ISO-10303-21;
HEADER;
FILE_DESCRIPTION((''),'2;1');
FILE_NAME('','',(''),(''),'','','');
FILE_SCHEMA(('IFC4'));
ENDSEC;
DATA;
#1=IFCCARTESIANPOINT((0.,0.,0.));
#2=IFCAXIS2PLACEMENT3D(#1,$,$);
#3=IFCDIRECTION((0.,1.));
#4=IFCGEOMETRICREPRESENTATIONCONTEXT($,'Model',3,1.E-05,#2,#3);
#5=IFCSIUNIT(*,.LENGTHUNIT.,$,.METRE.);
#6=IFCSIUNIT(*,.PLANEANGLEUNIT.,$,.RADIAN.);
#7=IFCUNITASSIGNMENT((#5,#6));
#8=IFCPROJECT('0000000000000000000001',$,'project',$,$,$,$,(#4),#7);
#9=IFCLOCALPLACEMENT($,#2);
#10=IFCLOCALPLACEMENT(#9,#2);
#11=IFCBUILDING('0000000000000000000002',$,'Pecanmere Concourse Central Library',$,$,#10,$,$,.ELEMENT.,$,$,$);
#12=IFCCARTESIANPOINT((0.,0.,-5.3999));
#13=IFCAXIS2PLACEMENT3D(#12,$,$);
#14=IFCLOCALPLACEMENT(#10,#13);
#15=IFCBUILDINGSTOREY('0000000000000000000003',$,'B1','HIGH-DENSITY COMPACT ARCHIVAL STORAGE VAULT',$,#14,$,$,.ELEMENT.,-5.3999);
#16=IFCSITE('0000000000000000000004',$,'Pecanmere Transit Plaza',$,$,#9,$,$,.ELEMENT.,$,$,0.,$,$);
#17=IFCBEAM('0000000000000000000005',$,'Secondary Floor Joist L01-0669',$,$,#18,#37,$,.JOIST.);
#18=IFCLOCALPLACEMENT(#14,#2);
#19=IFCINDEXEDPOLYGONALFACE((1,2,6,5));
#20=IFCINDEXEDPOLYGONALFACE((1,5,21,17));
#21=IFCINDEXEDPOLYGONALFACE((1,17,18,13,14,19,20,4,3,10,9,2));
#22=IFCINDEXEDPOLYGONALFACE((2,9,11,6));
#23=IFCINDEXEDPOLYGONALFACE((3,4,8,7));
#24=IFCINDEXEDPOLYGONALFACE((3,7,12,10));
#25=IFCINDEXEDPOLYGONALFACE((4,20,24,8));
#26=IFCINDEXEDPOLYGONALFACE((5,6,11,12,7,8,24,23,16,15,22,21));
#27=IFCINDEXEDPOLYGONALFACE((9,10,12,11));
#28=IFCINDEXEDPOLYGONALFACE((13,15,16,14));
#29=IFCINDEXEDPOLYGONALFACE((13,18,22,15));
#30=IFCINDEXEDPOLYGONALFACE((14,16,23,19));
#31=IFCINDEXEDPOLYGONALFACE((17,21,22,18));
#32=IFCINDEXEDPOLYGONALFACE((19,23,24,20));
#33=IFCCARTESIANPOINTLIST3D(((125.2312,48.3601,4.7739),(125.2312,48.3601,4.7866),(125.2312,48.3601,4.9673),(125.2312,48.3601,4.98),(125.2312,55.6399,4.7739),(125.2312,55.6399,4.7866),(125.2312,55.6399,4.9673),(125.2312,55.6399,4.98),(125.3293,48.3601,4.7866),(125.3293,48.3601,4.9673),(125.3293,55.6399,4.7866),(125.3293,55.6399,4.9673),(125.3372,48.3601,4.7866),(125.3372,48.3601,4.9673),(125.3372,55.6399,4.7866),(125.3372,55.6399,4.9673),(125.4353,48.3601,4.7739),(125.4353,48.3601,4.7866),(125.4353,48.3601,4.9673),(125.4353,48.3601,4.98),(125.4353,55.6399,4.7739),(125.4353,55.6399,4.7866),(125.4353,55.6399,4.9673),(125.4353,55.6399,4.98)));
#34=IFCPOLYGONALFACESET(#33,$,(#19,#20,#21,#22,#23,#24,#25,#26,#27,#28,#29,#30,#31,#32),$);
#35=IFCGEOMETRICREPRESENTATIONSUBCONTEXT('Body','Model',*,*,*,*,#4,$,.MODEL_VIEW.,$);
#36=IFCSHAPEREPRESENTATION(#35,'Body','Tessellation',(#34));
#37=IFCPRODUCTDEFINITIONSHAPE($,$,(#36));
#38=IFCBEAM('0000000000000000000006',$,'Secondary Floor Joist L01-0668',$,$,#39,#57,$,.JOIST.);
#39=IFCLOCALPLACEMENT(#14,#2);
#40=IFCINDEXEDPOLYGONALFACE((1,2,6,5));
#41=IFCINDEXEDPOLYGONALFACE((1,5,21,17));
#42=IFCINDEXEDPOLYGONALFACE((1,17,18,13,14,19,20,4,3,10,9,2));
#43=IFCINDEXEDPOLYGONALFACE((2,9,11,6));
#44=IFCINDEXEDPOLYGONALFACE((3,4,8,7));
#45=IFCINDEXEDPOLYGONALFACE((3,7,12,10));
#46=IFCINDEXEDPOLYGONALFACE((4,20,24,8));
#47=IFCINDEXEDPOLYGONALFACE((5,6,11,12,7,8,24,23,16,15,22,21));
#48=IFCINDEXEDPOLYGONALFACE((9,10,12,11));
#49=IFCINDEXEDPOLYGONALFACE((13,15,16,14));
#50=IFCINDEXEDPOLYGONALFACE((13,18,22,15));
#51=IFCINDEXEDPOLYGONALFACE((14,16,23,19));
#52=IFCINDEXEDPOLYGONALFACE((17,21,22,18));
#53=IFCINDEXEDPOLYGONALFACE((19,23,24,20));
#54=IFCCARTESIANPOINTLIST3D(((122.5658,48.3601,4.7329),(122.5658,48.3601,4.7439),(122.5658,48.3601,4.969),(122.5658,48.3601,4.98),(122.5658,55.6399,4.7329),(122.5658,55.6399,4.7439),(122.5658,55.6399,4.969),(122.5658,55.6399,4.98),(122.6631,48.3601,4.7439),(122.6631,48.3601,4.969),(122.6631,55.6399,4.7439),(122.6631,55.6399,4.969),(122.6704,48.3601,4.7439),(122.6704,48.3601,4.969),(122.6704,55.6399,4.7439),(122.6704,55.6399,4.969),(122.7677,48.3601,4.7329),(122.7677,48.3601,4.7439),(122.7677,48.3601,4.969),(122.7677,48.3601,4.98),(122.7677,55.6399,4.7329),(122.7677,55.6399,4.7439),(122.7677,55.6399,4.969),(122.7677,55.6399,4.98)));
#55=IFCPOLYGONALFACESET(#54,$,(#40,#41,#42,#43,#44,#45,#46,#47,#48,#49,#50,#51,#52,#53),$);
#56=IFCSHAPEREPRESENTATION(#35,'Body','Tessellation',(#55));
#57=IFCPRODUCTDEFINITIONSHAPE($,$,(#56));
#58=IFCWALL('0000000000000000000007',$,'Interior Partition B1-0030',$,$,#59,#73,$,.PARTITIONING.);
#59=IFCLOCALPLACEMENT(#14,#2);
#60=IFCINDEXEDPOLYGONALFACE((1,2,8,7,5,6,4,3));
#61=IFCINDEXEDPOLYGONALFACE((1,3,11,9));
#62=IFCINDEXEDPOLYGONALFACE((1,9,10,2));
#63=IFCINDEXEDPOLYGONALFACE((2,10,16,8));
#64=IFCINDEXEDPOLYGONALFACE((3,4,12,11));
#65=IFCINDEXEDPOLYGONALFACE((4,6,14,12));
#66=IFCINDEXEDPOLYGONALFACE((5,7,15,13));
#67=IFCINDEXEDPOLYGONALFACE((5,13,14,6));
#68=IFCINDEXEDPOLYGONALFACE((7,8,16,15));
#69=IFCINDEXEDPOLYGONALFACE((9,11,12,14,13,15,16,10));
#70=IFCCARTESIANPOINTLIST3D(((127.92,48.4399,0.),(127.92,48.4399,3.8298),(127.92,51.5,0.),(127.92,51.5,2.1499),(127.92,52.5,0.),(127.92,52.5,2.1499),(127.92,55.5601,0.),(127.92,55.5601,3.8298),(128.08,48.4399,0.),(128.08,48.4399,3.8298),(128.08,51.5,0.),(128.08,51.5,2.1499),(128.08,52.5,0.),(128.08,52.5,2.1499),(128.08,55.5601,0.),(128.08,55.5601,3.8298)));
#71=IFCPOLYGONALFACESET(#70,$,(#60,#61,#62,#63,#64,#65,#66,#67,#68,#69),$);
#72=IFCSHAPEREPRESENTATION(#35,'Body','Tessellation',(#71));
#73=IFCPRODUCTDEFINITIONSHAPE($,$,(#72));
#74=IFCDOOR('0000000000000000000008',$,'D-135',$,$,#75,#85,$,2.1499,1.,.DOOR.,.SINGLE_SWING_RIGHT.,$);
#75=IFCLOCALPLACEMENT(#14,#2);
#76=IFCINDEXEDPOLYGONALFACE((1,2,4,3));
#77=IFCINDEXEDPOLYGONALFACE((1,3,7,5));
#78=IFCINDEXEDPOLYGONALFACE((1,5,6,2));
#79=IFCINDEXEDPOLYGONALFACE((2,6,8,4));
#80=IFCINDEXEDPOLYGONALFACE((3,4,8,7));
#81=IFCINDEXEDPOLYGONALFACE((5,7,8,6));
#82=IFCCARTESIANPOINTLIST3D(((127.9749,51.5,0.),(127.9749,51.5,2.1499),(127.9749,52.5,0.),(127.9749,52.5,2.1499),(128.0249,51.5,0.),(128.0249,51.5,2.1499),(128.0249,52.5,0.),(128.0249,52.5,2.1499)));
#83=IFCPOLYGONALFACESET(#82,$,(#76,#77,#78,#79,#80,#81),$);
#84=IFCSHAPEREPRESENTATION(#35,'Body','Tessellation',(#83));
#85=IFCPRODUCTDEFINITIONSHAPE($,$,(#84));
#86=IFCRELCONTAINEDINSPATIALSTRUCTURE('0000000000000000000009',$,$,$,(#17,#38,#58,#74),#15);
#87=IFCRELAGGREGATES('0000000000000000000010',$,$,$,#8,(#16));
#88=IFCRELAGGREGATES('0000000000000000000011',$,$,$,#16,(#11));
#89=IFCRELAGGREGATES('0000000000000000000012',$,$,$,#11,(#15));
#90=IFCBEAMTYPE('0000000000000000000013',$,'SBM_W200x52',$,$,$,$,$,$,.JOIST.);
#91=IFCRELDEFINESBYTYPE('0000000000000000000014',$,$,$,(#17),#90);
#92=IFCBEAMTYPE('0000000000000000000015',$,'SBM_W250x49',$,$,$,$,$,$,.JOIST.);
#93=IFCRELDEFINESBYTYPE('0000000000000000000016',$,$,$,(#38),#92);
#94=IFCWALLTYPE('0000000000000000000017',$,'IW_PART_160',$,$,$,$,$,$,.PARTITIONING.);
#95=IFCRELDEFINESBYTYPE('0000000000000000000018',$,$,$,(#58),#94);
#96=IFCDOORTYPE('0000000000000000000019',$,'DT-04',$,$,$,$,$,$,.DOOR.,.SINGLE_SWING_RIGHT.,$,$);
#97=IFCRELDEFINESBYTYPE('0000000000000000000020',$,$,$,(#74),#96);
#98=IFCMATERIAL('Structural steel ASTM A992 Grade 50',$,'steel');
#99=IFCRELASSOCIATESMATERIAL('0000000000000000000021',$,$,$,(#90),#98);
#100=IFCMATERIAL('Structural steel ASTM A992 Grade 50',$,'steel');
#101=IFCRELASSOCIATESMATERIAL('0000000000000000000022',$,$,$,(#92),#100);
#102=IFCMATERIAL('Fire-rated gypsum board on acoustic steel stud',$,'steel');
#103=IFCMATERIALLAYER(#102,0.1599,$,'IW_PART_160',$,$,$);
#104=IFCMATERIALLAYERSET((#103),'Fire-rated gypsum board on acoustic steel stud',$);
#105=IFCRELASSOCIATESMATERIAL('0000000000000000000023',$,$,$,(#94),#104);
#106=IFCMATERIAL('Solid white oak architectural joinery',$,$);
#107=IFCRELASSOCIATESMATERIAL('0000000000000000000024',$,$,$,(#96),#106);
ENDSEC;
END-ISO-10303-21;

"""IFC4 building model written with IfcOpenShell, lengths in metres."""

from ifc_helpers import new_model, si_unit, direction, frame, frame_2d, origin, origin_2d, place, context, subcontext, project, spatial, rectangle, i_section, extrude, material, layer, layer_set, material_profile, profile_set, type_object, element, fill, save


model = new_model("IFC4")

# Units and contexts
model_context = context("Model", 3, precision=1e-05, world=origin(), true_north=direction((0.0, 1.0)))
body_context = subcontext(model_context, "Body", "Model", "MODEL_VIEW")
ifc_project = project(units=[si_unit("LENGTHUNIT", "METRE"), si_unit("PLANEANGLEUNIT", "RADIAN")], contexts=[model_context])

# Site, building, storey
site_placement = place(None, origin())
site = spatial("IfcSite", under=ifc_project, at=site_placement, Name="Pecanmere Transit Plaza", CompositionType="ELEMENT", RefElevation=0.0)
building_placement = place(site_placement, origin())
building = spatial("IfcBuilding", under=site, at=building_placement, Name="Pecanmere Concourse Central Library", CompositionType="ELEMENT")
storey_placement = place(building_placement, frame((0.0, 0.0, -5.3999)))
storey = spatial("IfcBuildingStorey", under=building, at=storey_placement, Name="B1", Description="HIGH-DENSITY COMPACT ARCHIVAL STORAGE VAULT", CompositionType="ELEMENT", Elevation=-5.3999)

# Beams
ifc_material_1 = material(Name="Structural steel ASTM A992 Grade 50", Category="steel")
ifc_material_profile_1 = material_profile(ifc_material_1, i_section(OverallWidth=0.2041, OverallDepth=0.2061, WebThickness=0.0078, FlangeThickness=0.0127, at=origin_2d()), Name="W200x52")
ifc_profile_set_1 = profile_set([ifc_material_profile_1], Name="Structural steel ASTM A992 Grade 50")
beam_type_1 = type_object("IfcBeamType", Name="SBM_W200x52", PredefinedType="JOIST", material=ifc_profile_set_1)
beam_1_placement = place(storey_placement, frame((125.3333, 48.3601, 4.877), z_axis=(0.0, 1.0, 0.0), x_axis=(-1.0, 0.0, 0.0)))
element("IfcBeam", 1, at=beam_1_placement, inside=storey, type_object=beam_type_1, Name="Secondary Floor Joist L01-0669", PredefinedType="JOIST", context=body_context, shape_type="SweptSolid", body=[
    extrude(i_section(OverallWidth=0.2041, OverallDepth=0.2061, WebThickness=0.0078, FlangeThickness=0.0127, at=origin_2d()), origin(), (0.0, 0.0, 1.0), 7.2798),
])
ifc_material_2 = material(Name="Structural steel ASTM A992 Grade 50", Category="steel")
ifc_material_profile_2 = material_profile(ifc_material_2, i_section(OverallWidth=0.2019, OverallDepth=0.2471, WebThickness=0.0073, FlangeThickness=0.011, at=origin_2d()), Name="W250x49.1")
ifc_profile_set_2 = profile_set([ifc_material_profile_2], Name="Structural steel ASTM A992 Grade 50")
beam_type_2 = type_object("IfcBeamType", Name="SBM_W250x49", PredefinedType="JOIST", material=ifc_profile_set_2)
beam_2_placement = place(storey_placement, frame((122.6667, 48.3601, 4.8564), z_axis=(0.0, 1.0, 0.0), x_axis=(-1.0, 0.0, 0.0)))
element("IfcBeam", 2, at=beam_2_placement, inside=storey, type_object=beam_type_2, Name="Secondary Floor Joist L01-0668", PredefinedType="JOIST", context=body_context, shape_type="SweptSolid", body=[
    extrude(i_section(OverallWidth=0.2019, OverallDepth=0.2471, WebThickness=0.0073, FlangeThickness=0.011, at=origin_2d()), origin(), (0.0, 0.0, 1.0), 7.2798),
])

# Wall, opening, door
ifc_material_3 = material(Name="Fire-rated gypsum board on acoustic steel stud", Category="steel")
ifc_layer = layer(ifc_material_3, 0.1599, Name="IW_PART_160")
ifc_layer_set = layer_set([ifc_layer], Name="Fire-rated gypsum board on acoustic steel stud")
wall_type = type_object("IfcWallType", Name="IW_PART_160", PredefinedType="PARTITIONING", material=ifc_layer_set)
wall_placement = place(storey_placement, frame((128.0, 48.4399, 0.0), z_axis=(0.0, 0.0, 1.0), x_axis=(0.0, 1.0, 0.0)))
wall = element("IfcWall", 3, at=wall_placement, inside=storey, type_object=wall_type, Name="Interior Partition B1-0030", PredefinedType="PARTITIONING", context=body_context, shape_type="SweptSolid", body=[
    extrude(rectangle(XDim=7.1201, YDim=0.1599, at=frame_2d((3.5601, 0.0))), origin(), (0.0, 0.0, 1.0), 3.8298),
])
opening_placement = place(wall_placement, frame((3.0601, 0.0, 0.0)))
opening = element("IfcOpeningElement", 4, at=opening_placement, cuts=wall, PredefinedType="OPENING", context=body_context, shape_type="SweptSolid", body=[
    extrude(rectangle(XDim=1.0, YDim=2.1499, at=frame_2d((0.5, 1.075))), frame((0.0, 0.0918, 0.0), z_axis=(0.0, -1.0, 0.0), x_axis=(1.0, 0.0, 0.0)), (0.0, 0.0, 1.0), 0.1838),
])
ifc_material_4 = material(Name="Solid white oak architectural joinery")
door_type = type_object("IfcDoorType", Name="DT-04", OperationType="SINGLE_SWING_RIGHT", PredefinedType="DOOR", material=ifc_material_4)
door_placement = place(opening_placement, frame((1.0, 0.0, 0.0), z_axis=(0.0, 0.0, 1.0), x_axis=(-1.0, 0.0, 0.0)))
door = element("IfcDoor", 5, at=door_placement, inside=storey, type_object=door_type, Name="D-135", OperationType="SINGLE_SWING_RIGHT", OverallHeight=2.1499, OverallWidth=1.0, PredefinedType="DOOR", context=body_context, shape_type="SweptSolid", body=[
    extrude(rectangle(XDim=1.0, YDim=2.1499, at=frame_2d((0.5, 1.075))), frame((0.0, 0.0249, 0.0), z_axis=(0.0, -1.0, 0.0), x_axis=(1.0, 0.0, 0.0)), (0.0, 0.0, 1.0), 0.05),
])
fill(opening, door)

save(model, "model.ifc")
